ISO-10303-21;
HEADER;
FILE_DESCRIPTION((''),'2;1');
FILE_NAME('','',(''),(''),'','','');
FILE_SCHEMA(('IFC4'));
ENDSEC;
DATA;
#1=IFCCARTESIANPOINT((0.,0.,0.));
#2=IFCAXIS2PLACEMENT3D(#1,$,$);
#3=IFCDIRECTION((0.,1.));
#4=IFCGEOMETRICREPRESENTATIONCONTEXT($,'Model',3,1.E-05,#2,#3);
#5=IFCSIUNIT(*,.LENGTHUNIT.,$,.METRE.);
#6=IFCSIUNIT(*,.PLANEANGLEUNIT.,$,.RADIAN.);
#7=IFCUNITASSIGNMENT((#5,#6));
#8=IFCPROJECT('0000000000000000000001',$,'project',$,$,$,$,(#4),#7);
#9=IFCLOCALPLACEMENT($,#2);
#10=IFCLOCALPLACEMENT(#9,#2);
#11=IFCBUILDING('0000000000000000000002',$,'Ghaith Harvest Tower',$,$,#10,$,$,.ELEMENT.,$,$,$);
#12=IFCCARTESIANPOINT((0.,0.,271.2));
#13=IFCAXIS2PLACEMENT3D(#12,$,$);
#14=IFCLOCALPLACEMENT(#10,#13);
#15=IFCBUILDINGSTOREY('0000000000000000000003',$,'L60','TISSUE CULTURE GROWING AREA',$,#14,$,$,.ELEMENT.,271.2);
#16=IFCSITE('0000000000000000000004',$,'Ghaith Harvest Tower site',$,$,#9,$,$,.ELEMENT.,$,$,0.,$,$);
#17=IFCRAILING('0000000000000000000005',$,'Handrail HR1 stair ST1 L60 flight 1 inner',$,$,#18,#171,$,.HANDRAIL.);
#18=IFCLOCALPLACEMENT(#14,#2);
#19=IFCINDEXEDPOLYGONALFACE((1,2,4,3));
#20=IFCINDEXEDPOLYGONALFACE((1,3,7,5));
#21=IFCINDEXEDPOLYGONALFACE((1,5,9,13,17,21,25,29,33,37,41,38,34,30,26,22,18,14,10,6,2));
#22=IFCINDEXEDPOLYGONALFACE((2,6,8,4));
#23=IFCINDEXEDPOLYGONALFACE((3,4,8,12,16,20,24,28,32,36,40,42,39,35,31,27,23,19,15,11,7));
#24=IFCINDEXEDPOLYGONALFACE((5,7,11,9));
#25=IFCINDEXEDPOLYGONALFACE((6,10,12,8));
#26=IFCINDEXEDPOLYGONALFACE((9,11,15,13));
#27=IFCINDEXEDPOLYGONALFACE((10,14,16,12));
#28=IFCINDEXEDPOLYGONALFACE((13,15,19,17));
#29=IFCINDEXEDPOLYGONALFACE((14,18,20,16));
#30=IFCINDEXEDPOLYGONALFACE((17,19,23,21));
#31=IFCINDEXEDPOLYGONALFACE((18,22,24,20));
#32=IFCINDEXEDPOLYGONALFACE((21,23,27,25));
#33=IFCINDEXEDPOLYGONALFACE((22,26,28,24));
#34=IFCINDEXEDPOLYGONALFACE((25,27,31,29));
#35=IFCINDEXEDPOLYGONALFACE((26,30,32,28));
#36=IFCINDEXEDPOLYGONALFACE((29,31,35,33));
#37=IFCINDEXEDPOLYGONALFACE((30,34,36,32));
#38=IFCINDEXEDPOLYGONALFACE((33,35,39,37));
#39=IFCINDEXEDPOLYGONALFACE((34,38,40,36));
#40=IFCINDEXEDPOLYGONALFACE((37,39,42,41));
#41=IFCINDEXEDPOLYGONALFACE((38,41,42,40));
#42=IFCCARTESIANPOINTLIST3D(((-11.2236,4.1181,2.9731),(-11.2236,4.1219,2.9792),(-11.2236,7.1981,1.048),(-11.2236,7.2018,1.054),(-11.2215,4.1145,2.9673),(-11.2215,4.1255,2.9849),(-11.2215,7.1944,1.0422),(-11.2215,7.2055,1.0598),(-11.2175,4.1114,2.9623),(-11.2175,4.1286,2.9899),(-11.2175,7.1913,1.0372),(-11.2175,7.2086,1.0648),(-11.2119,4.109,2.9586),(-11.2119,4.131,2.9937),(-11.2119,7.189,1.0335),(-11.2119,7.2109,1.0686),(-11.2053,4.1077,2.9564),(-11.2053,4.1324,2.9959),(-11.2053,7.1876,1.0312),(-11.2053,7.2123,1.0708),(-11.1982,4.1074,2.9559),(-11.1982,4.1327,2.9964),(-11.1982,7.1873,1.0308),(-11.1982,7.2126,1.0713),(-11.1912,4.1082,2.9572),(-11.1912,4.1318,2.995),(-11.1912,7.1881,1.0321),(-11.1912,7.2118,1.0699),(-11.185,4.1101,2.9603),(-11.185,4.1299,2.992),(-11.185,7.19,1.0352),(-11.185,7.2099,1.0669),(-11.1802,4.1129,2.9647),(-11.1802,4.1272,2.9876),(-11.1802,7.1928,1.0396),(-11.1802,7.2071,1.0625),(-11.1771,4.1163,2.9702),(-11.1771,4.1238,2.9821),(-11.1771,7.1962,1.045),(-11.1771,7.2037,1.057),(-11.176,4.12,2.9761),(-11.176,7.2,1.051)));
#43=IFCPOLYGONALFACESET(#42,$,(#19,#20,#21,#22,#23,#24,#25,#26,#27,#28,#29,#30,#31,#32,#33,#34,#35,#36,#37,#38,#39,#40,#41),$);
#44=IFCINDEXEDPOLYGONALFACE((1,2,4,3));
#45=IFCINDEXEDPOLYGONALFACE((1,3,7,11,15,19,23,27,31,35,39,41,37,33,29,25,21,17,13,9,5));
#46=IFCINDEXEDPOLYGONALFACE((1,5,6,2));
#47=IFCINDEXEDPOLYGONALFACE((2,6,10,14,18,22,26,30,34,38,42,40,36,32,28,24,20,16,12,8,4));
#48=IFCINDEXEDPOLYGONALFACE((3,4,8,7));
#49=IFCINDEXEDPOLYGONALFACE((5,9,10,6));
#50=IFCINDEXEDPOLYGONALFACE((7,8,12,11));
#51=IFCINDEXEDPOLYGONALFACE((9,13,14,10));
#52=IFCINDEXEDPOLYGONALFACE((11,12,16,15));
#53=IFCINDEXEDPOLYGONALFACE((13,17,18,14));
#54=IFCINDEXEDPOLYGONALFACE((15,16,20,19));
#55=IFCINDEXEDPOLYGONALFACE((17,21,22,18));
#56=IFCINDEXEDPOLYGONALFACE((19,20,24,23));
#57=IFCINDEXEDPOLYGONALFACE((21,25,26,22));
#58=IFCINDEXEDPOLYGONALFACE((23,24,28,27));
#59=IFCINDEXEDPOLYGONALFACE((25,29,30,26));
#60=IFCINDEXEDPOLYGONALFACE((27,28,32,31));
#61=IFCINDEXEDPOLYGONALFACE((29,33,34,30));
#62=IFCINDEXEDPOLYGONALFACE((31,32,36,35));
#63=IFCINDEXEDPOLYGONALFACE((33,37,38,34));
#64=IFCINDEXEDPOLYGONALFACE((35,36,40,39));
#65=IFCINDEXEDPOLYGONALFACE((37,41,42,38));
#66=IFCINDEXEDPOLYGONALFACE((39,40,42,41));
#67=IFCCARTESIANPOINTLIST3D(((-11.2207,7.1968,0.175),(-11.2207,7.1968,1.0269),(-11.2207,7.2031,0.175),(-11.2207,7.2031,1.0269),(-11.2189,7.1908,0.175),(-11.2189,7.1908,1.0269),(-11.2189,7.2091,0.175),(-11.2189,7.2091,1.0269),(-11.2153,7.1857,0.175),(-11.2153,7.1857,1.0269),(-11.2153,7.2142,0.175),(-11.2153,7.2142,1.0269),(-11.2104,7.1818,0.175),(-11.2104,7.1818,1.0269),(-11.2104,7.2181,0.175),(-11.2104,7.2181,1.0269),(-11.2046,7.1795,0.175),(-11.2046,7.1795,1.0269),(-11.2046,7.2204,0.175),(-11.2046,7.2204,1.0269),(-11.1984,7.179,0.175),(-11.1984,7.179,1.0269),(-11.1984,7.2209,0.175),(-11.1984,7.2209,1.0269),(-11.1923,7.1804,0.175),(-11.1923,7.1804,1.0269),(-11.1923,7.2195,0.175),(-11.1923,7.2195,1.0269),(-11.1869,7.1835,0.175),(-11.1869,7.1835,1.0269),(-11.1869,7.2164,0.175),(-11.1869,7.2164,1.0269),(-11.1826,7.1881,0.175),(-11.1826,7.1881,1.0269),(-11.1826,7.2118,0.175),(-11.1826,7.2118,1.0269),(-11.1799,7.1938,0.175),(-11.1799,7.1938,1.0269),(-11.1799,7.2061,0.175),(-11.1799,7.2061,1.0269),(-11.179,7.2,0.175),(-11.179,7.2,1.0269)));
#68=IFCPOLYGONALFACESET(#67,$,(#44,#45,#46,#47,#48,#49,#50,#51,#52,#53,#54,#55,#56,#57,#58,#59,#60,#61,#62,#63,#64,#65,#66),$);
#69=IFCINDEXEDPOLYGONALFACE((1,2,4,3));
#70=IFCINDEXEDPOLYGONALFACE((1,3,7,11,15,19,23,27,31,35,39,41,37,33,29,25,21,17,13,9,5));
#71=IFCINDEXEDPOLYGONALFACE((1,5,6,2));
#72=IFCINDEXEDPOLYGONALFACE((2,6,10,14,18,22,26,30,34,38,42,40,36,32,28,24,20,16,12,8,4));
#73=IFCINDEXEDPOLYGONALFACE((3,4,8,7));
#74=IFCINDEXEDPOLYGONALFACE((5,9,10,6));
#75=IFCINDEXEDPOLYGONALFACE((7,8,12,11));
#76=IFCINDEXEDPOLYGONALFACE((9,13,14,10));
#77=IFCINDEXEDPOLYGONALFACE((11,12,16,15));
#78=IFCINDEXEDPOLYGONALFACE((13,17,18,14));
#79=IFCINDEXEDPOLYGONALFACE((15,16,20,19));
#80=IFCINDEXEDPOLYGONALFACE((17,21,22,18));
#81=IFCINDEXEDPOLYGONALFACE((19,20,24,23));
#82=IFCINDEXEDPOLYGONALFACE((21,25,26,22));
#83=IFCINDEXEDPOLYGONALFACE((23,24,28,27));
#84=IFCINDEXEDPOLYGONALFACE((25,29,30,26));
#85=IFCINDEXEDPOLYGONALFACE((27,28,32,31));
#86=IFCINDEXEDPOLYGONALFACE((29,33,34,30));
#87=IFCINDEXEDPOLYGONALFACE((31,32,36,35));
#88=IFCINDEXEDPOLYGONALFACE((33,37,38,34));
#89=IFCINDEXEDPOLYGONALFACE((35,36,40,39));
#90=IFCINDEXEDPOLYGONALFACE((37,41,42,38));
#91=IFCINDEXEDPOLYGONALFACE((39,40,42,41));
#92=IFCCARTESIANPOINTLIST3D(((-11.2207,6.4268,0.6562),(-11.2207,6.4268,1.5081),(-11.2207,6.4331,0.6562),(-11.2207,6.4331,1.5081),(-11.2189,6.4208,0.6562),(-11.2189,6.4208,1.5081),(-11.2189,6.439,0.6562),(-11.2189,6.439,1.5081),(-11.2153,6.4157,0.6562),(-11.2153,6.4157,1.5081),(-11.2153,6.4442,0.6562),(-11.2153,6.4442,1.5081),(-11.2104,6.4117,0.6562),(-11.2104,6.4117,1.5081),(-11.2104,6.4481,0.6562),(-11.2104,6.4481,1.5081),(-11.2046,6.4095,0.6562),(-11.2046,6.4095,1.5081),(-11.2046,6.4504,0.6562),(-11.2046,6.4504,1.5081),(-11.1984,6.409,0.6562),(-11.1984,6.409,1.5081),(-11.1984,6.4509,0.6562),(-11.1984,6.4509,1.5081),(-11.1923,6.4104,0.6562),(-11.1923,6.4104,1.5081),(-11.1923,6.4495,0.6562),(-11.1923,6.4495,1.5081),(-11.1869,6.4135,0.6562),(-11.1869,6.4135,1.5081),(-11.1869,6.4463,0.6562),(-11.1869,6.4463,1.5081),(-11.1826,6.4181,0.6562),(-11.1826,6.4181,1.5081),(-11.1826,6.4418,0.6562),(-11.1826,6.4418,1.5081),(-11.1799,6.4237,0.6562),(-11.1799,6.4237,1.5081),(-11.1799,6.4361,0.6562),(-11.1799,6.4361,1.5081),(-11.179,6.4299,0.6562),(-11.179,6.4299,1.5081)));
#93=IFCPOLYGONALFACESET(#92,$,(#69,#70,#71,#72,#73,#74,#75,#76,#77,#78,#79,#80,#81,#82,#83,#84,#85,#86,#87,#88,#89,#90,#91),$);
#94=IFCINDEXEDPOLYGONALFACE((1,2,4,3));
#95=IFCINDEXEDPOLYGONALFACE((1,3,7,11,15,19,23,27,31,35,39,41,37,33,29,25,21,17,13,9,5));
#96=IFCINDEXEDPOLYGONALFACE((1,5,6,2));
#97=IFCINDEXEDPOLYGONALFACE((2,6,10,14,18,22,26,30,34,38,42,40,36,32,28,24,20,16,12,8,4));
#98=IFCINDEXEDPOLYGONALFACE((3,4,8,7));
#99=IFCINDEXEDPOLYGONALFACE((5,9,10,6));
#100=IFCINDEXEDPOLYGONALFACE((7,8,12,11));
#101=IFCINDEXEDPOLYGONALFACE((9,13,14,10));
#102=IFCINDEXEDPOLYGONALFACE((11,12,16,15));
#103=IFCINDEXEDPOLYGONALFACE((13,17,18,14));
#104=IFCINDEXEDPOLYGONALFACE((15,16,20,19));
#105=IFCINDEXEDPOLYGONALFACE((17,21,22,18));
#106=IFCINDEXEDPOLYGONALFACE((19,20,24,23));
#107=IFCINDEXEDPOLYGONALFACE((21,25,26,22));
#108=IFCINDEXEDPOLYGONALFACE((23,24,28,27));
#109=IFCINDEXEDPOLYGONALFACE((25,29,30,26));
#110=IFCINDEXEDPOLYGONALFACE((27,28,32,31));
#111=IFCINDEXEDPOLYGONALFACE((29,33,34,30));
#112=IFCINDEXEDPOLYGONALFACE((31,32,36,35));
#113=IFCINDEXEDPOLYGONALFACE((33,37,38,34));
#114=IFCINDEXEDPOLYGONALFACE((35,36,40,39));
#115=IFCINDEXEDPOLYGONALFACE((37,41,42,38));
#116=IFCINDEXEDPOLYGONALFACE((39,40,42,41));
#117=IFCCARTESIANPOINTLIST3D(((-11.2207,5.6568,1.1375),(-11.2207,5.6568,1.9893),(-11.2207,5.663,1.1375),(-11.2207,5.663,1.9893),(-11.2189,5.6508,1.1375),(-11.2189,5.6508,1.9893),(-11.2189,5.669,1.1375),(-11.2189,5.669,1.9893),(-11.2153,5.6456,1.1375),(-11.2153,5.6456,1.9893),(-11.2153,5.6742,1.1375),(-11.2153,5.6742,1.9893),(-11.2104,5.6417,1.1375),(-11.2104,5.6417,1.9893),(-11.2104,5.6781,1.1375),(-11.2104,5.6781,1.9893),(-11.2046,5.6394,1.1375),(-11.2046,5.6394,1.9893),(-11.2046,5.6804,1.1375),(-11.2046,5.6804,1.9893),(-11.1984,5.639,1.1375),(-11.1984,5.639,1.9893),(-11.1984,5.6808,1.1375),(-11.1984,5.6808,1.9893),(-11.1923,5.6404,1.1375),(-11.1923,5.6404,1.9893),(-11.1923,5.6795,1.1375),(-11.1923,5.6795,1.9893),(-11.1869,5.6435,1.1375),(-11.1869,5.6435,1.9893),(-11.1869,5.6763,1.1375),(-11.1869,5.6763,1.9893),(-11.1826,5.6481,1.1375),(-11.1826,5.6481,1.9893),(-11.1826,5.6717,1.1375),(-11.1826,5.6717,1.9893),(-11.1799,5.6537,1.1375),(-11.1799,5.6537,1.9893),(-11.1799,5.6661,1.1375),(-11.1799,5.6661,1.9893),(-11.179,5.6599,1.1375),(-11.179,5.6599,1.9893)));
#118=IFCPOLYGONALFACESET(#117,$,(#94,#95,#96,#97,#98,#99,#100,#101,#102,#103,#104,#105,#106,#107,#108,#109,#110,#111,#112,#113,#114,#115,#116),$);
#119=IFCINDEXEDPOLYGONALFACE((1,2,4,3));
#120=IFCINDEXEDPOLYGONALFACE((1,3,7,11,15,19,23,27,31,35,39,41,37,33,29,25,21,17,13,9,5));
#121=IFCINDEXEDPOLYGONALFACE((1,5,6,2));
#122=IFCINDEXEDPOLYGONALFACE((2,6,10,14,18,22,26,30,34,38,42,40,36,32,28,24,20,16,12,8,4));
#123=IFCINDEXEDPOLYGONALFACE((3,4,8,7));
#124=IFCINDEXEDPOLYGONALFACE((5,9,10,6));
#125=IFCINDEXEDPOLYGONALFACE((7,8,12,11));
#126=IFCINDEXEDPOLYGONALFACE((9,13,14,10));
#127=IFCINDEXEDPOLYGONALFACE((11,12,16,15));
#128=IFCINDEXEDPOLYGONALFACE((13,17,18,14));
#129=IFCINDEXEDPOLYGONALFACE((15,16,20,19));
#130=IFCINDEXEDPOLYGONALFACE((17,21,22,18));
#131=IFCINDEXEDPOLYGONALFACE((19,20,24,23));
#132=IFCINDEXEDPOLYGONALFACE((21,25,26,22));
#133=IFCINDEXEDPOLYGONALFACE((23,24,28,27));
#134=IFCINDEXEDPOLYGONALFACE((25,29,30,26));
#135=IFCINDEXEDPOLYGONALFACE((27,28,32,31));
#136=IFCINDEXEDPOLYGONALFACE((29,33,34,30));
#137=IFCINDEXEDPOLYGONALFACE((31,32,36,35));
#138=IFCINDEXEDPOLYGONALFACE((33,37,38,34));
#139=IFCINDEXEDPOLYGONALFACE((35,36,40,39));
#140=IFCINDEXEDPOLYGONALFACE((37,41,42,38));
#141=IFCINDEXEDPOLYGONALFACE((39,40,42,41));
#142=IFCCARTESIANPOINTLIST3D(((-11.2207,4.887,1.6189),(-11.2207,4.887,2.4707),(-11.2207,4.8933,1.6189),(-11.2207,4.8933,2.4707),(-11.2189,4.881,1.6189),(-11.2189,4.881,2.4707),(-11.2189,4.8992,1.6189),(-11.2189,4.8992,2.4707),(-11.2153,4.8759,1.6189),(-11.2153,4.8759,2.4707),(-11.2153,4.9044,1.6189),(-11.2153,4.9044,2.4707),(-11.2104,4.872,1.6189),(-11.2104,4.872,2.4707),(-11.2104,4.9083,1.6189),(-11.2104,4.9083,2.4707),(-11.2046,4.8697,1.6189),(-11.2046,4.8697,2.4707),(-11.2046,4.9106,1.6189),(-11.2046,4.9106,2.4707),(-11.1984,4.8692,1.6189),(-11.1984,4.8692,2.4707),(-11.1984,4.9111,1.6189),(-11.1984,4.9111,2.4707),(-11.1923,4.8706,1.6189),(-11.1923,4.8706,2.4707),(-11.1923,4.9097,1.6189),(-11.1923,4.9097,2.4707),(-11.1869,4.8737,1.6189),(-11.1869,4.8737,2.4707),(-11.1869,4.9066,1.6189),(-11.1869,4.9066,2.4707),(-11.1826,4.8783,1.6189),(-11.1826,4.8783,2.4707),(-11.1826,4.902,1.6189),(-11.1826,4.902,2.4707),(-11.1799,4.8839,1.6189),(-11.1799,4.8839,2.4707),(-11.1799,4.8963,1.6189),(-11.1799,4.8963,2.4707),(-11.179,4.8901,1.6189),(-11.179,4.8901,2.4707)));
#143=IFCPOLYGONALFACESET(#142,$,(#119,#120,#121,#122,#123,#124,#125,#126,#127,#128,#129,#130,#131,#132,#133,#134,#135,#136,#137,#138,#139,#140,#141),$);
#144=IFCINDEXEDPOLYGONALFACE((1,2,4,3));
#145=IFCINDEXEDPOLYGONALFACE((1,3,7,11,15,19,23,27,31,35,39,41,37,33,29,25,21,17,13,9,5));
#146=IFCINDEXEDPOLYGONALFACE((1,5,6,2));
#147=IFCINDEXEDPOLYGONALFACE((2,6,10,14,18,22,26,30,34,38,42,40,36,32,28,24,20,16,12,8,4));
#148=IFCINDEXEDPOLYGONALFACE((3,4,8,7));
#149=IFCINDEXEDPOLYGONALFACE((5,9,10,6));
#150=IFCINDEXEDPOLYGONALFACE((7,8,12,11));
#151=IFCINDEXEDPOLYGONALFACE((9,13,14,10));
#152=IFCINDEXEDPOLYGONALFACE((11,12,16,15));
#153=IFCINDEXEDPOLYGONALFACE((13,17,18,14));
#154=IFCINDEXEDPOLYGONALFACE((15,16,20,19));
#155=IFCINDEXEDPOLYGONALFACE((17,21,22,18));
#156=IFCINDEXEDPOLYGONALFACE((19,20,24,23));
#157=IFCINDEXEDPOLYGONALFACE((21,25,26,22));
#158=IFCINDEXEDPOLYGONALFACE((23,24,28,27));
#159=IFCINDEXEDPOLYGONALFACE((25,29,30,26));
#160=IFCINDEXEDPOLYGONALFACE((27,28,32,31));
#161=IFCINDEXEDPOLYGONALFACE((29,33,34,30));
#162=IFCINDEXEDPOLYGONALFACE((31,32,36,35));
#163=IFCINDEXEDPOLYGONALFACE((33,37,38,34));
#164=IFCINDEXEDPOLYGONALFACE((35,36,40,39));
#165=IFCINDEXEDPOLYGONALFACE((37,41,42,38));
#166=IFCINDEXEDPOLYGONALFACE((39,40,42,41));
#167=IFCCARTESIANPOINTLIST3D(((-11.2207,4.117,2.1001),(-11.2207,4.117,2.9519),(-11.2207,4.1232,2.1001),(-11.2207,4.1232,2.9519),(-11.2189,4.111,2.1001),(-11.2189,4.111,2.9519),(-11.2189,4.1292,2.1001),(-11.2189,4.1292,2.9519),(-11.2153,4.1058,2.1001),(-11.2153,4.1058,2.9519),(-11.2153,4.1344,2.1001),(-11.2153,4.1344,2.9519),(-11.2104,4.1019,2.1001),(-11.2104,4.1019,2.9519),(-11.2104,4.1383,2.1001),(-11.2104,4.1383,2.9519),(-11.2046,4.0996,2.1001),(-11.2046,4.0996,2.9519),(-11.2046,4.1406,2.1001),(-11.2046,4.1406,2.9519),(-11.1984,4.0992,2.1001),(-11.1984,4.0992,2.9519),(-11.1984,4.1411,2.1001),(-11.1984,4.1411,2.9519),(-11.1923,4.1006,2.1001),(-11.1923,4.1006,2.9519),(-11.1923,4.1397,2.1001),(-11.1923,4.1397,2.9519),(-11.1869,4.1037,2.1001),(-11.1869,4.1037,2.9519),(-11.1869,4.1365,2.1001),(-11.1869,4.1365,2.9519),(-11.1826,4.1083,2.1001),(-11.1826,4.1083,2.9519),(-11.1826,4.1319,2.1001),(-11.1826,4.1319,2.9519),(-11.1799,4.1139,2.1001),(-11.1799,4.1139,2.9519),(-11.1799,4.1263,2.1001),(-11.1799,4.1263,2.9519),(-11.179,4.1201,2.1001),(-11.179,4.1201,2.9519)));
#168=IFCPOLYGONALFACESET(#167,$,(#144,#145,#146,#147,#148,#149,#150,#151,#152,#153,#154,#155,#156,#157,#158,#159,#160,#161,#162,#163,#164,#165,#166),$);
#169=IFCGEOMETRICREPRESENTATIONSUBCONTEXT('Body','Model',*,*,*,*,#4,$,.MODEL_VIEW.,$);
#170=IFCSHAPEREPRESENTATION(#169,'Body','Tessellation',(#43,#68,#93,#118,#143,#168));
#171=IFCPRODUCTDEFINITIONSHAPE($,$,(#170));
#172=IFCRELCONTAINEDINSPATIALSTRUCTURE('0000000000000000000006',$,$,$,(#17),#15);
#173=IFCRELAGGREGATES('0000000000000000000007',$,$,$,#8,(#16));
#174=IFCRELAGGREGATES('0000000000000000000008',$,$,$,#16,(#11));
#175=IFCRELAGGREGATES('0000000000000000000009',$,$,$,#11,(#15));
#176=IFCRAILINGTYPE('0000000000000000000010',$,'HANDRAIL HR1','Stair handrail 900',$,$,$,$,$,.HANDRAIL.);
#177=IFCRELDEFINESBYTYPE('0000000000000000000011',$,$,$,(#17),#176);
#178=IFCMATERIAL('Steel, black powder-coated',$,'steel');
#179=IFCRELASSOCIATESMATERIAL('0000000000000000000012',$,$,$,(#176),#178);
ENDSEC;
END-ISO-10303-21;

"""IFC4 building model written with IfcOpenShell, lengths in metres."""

from ifc_helpers import new_model, si_unit, direction, frame, origin, origin_2d, place, context, subcontext, project, spatial, circle, extrude, material, type_object, element, save


model = new_model("IFC4")

# Units and contexts
model_context = context("Model", 3, precision=1e-05, world=origin(), true_north=direction((0.0, 1.0)))
body_context = subcontext(model_context, "Body", "Model", "MODEL_VIEW")
ifc_project = project(units=[si_unit("LENGTHUNIT", "METRE"), si_unit("PLANEANGLEUNIT", "RADIAN")], contexts=[model_context])

# Site, building, storey
site_placement = place(None, origin())
site = spatial("IfcSite", under=ifc_project, at=site_placement, Name="Ghaith Harvest Tower site", CompositionType="ELEMENT", RefElevation=0.0)
building_placement = place(site_placement, origin())
building = spatial("IfcBuilding", under=site, at=building_placement, Name="Ghaith Harvest Tower", CompositionType="ELEMENT")
storey_placement = place(building_placement, frame((0.0, 0.0, 271.2)))
storey = spatial("IfcBuildingStorey", under=building, at=storey_placement, Name="L60", Description="TISSUE CULTURE GROWING AREA", CompositionType="ELEMENT", Elevation=271.2)

# Railing
ifc_material_1 = material(Name="Steel, black powder-coated", Category="steel")
railing_type = type_object("IfcRailingType", Name="HANDRAIL HR1", Description="Stair handrail 900", PredefinedType="HANDRAIL", material=ifc_material_1)
railing_1_placement = place(storey_placement, frame((-11.2, 7.2, 0.175)))
element("IfcRailing", 1, at=railing_1_placement, inside=storey, type_object=railing_type, Name="Handrail HR1 stair ST1 L60 flight 1 inner", PredefinedType="HANDRAIL", context=body_context, shape_type="SweptSolid", body=[
    extrude(circle(Radius=0.0239, at=origin_2d()), frame((0.0, 0.0, 0.876), z_axis=(0.0, -0.847979, 0.530029), x_axis=(1.0, 0.0, 0.0)), (0.0, 0.0, 1.0), 3.6321),
    extrude(circle(Radius=0.021, at=origin_2d()), origin(), (0.0, 0.0, 1.0), 0.8518),
    extrude(circle(Radius=0.021, at=origin_2d()), frame((0.0, -0.77, 0.4812)), (0.0, 0.0, 1.0), 0.8518),
    extrude(circle(Radius=0.021, at=origin_2d()), frame((0.0, -1.54, 0.9624)), (0.0, 0.0, 1.0), 0.8518),
    extrude(circle(Radius=0.021, at=origin_2d()), frame((0.0, -2.3098, 1.4438)), (0.0, 0.0, 1.0), 0.8518),
    extrude(circle(Radius=0.021, at=origin_2d()), frame((0.0, -3.0798, 1.925)), (0.0, 0.0, 1.0), 0.8518),
])

save(model, "model.ifc")
